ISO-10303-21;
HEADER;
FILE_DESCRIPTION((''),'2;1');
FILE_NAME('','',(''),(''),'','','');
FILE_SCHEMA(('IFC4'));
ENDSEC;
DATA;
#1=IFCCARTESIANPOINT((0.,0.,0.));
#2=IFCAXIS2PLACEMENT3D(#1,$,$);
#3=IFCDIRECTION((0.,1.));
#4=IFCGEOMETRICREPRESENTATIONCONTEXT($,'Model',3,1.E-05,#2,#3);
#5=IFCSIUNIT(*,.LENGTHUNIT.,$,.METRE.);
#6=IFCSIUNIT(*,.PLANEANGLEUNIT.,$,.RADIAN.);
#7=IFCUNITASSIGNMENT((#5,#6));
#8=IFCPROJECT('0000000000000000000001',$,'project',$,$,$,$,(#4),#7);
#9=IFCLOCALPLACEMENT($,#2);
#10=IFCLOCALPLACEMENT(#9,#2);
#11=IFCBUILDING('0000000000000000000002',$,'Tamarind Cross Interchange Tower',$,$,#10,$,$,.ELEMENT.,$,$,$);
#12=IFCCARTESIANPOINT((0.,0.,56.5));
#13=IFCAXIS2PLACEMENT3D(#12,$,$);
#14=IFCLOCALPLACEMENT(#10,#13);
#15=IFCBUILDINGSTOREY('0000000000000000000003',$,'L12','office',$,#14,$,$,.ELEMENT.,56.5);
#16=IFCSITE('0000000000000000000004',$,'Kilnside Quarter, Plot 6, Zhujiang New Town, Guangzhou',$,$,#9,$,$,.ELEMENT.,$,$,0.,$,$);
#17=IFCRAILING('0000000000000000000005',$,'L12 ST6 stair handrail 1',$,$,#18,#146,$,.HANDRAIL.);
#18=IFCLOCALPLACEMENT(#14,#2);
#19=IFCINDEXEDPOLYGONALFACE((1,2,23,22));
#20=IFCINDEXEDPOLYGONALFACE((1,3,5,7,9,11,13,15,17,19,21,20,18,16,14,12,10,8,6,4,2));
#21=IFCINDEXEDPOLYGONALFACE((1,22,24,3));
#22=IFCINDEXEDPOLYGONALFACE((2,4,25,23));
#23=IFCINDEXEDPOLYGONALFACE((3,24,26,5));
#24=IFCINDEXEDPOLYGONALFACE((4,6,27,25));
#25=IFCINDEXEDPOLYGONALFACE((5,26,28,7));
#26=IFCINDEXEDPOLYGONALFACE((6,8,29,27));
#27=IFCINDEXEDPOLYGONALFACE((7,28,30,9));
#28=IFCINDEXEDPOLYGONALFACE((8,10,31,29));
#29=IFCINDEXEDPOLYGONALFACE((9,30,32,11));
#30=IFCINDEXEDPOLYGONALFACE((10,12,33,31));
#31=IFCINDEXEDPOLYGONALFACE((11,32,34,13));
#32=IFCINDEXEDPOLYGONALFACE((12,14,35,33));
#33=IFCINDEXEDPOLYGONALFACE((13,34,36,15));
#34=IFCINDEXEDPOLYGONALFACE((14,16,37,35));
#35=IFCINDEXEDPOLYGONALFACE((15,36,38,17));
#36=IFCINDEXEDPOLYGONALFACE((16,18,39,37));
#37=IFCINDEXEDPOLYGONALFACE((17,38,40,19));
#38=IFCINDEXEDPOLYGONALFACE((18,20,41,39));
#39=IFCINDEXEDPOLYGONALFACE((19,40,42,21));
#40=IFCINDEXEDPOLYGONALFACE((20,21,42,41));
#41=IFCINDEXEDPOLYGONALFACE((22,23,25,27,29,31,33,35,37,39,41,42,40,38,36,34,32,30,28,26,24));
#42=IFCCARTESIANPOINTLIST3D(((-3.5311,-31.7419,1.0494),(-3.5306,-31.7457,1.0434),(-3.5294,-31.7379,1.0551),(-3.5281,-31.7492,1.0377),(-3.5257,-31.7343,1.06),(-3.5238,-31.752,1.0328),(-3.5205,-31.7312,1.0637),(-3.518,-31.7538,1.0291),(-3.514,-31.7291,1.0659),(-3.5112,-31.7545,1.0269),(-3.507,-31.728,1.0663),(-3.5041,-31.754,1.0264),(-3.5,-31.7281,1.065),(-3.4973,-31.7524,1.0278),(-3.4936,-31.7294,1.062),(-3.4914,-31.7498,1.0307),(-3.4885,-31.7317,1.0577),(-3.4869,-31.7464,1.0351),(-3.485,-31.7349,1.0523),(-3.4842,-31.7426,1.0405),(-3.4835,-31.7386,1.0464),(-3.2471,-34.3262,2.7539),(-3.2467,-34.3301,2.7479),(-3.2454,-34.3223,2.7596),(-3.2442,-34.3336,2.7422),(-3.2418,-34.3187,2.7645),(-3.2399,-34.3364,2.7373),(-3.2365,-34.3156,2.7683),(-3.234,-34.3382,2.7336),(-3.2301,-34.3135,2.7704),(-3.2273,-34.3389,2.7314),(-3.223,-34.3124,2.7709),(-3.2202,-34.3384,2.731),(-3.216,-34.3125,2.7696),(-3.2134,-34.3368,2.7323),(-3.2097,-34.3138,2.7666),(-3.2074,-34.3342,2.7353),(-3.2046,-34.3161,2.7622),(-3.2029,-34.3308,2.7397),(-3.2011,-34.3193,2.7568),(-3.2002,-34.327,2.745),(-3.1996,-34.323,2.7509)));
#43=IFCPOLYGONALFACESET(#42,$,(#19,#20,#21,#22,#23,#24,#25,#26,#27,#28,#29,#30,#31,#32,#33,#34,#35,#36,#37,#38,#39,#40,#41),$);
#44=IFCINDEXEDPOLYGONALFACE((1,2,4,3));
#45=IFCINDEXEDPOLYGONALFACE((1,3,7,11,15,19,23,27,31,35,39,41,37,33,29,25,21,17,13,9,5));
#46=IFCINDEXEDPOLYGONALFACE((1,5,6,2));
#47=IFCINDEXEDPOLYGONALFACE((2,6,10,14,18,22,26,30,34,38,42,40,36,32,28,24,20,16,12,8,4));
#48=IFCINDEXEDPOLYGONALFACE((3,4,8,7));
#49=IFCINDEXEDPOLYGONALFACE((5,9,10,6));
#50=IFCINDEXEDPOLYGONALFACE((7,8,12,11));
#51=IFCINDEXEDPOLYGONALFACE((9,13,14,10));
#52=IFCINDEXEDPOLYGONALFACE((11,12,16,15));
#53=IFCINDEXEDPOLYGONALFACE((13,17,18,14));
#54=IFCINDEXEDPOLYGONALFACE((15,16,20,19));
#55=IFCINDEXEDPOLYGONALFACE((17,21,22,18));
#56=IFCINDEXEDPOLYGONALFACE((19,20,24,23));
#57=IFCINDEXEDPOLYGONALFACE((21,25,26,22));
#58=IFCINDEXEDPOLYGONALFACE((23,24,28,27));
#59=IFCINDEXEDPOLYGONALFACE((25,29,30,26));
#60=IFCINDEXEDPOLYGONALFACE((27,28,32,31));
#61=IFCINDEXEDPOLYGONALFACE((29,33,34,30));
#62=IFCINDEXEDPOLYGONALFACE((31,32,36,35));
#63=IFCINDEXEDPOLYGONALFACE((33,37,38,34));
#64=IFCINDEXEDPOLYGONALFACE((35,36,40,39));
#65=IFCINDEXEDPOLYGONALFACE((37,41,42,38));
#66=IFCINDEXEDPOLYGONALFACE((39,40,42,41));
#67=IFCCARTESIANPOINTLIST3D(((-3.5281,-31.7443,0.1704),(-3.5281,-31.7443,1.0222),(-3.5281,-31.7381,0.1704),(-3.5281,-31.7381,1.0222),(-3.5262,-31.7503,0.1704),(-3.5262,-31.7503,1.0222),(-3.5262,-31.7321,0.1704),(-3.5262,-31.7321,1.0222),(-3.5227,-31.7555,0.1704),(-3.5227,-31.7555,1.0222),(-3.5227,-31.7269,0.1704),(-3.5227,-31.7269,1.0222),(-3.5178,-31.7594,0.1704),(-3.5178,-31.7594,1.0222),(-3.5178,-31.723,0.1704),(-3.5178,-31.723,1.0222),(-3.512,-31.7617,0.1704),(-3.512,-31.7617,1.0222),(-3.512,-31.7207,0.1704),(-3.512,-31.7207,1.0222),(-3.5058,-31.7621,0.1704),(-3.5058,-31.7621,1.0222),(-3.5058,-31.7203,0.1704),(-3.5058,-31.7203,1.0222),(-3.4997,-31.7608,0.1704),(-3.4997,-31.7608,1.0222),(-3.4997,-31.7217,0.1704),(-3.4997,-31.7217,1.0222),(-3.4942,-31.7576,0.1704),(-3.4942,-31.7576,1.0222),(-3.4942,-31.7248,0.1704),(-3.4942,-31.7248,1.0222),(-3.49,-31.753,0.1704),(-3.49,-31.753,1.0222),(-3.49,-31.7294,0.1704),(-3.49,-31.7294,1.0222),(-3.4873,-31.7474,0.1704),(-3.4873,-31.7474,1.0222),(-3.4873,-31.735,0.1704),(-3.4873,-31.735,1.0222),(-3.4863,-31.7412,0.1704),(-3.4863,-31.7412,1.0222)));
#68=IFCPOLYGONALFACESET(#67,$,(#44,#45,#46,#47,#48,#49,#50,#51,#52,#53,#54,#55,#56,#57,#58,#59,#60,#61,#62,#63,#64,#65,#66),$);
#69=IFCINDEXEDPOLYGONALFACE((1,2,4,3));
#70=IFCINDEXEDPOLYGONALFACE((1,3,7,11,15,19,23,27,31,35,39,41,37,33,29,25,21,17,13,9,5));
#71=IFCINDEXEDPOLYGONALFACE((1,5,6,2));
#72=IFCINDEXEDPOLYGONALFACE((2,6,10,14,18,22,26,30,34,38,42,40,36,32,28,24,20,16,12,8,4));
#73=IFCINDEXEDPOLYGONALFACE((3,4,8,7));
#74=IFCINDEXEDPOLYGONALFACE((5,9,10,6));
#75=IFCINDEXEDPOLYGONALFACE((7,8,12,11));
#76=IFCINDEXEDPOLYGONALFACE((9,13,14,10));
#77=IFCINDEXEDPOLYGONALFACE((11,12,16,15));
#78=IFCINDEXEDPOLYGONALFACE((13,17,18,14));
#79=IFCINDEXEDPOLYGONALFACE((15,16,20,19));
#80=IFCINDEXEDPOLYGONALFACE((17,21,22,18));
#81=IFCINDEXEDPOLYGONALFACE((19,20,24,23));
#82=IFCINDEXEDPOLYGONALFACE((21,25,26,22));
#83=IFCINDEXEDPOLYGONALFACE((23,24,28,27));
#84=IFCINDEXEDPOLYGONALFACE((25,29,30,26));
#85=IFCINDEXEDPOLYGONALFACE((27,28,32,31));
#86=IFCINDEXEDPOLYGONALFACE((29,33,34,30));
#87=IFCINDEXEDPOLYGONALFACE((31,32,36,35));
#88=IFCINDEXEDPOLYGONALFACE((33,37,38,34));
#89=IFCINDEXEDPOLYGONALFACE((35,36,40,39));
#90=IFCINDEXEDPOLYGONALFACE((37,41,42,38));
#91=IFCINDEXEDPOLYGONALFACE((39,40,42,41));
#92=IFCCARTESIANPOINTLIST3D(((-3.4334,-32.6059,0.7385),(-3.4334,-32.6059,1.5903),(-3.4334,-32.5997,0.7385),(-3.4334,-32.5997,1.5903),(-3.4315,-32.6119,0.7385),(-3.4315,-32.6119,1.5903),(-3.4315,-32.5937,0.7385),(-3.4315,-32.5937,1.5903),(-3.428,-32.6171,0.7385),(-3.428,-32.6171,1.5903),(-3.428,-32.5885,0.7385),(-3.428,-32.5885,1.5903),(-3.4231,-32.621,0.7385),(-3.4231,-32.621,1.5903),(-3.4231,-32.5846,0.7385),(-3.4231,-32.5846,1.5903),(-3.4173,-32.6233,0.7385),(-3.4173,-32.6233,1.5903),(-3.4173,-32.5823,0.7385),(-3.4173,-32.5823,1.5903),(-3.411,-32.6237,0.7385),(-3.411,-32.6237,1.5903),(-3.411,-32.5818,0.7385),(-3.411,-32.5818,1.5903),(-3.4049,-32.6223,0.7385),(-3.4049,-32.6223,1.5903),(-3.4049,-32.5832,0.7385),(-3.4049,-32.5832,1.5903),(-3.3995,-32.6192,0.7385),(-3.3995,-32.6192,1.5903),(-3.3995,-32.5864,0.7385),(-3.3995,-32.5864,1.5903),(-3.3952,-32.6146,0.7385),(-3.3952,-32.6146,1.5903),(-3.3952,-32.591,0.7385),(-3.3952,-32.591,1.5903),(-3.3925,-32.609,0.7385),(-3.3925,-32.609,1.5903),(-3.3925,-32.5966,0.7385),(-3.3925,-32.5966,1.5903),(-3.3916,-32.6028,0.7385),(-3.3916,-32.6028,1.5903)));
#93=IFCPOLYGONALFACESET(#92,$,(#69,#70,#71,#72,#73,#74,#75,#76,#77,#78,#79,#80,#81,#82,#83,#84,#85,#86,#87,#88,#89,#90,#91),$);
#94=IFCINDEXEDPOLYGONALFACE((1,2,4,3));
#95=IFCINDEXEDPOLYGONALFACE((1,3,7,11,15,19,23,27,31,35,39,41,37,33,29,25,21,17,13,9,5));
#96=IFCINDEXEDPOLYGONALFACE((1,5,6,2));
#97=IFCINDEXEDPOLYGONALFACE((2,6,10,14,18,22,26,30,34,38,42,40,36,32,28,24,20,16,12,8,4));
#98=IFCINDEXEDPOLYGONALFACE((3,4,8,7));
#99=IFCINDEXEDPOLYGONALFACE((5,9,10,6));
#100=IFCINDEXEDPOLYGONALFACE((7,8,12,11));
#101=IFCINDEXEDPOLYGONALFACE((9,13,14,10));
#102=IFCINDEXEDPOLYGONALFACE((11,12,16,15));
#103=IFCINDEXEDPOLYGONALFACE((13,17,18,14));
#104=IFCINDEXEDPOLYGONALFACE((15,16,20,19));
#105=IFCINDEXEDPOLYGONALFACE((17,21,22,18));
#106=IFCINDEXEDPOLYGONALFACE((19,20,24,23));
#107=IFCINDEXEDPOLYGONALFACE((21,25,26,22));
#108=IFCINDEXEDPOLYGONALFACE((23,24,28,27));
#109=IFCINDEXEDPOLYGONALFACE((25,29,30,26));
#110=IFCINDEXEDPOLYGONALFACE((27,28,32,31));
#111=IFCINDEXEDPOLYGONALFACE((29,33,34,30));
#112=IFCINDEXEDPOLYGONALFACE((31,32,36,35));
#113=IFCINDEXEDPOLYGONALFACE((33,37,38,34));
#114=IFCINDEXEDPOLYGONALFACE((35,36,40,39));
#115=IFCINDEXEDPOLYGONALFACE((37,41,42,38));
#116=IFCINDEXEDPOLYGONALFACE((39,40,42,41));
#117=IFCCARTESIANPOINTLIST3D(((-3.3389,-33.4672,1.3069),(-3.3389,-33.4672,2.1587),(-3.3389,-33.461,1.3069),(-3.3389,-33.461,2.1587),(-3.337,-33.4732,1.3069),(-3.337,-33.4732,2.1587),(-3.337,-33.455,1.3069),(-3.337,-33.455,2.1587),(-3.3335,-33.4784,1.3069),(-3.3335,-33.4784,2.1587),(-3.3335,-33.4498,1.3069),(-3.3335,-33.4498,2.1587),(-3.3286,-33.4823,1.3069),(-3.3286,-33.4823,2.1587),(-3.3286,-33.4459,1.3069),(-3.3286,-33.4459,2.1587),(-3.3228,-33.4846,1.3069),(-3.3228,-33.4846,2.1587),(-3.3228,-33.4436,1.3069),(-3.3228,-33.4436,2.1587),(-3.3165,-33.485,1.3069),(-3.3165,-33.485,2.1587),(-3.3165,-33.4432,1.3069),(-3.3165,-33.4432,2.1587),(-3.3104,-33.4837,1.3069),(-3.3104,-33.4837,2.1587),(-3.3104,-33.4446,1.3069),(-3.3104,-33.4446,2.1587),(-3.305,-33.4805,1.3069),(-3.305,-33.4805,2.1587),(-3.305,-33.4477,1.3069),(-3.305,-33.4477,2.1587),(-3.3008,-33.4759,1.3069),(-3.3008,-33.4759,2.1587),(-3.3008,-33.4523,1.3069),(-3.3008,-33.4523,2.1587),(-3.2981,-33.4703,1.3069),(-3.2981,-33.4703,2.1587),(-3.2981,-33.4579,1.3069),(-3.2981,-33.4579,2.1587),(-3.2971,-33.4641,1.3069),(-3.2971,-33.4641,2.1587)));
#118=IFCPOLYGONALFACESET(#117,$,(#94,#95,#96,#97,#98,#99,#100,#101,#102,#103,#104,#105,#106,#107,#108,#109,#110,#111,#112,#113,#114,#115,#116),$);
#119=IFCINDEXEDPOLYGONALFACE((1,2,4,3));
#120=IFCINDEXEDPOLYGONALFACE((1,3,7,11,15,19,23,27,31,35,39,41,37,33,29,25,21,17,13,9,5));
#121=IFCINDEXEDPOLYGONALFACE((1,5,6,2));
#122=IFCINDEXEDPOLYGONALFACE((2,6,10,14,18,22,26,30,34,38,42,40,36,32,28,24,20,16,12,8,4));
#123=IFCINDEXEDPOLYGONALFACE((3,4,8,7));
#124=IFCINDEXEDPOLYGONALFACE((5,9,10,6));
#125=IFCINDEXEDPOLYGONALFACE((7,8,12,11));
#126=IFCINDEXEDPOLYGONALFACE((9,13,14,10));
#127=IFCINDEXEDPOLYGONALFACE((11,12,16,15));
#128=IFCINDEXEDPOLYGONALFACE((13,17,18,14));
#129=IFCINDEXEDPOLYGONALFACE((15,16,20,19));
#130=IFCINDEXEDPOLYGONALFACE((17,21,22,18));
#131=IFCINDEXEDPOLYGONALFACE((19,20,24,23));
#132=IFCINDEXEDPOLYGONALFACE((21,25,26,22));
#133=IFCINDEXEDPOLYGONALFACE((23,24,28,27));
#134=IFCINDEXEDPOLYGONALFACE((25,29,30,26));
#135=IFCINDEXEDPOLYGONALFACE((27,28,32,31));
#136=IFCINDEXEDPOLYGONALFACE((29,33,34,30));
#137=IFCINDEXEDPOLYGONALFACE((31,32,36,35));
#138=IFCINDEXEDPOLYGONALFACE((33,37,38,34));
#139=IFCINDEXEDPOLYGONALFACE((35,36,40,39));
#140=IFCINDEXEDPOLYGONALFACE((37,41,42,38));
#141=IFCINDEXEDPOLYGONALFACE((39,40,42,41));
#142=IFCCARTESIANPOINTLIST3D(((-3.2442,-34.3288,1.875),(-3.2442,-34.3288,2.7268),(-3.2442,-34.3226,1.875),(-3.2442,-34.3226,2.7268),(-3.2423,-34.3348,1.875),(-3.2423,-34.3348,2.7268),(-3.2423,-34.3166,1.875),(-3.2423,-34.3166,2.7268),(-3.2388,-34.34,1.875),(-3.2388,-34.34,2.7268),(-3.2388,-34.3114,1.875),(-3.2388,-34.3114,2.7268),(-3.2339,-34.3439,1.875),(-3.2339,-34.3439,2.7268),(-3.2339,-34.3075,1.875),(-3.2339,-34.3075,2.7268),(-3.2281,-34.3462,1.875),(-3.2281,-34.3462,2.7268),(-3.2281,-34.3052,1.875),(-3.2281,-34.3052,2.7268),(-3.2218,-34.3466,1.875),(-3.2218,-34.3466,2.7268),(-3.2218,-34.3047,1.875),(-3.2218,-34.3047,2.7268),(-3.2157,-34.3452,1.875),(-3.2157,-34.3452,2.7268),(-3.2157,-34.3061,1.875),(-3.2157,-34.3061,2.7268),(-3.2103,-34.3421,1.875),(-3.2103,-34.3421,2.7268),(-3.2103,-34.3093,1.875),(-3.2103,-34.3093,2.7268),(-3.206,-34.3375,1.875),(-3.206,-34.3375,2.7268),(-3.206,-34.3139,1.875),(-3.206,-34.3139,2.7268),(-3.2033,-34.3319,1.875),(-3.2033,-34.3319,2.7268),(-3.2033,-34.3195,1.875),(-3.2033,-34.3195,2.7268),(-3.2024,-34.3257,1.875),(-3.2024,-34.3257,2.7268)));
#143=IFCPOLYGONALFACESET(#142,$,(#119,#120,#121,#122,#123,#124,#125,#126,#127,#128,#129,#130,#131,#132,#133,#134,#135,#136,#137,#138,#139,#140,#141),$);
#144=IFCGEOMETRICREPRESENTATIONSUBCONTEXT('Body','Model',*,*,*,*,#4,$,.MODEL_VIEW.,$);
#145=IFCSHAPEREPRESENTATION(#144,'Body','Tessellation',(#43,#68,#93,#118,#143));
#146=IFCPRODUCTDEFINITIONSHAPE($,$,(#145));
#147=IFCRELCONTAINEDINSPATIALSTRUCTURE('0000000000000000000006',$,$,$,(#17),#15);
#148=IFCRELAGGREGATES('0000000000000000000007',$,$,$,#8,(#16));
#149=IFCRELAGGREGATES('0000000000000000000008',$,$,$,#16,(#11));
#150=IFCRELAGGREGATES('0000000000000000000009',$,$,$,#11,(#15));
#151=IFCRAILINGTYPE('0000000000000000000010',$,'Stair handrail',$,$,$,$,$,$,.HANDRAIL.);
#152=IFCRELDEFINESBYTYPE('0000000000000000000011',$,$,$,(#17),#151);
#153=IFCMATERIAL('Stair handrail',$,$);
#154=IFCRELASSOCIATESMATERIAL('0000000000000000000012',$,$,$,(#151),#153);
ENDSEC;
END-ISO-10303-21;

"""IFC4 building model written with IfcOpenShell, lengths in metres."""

from ifc_helpers import new_model, si_unit, direction, frame, origin, origin_2d, place, context, subcontext, project, spatial, circle, extrude, material, type_object, element, save


model = new_model("IFC4")

# Units and contexts
model_context = context("Model", 3, precision=1e-05, world=origin(), true_north=direction((0.0, 1.0)))
body_context = subcontext(model_context, "Body", "Model", "MODEL_VIEW")
ifc_project = project(units=[si_unit("LENGTHUNIT", "METRE"), si_unit("PLANEANGLEUNIT", "RADIAN")], contexts=[model_context])

# Site, building, storey
site_placement = place(None, origin())
site = spatial("IfcSite", under=ifc_project, at=site_placement, Name="Kilnside Quarter, Plot 6, Zhujiang New Town, Guangzhou", CompositionType="ELEMENT", RefElevation=0.0)
building_placement = place(site_placement, origin())
building = spatial("IfcBuilding", under=site, at=building_placement, Name="Tamarind Cross Interchange Tower", CompositionType="ELEMENT")
storey_placement = place(building_placement, frame((0.0, 0.0, 56.5)))
storey = spatial("IfcBuildingStorey", under=building, at=storey_placement, Name="L12", Description="office", CompositionType="ELEMENT", Elevation=56.5)

# Railing
ifc_material_1 = material(Name="Stair handrail")
railing_type_1 = type_object("IfcRailingType", Name="Stair handrail", PredefinedType="HANDRAIL", material=ifc_material_1)
railing_1_placement = place(storey_placement, frame((-3.5073, -31.7412, 0.1704)))
element("IfcRailing", 1, at=railing_1_placement, inside=storey, type_object=railing_type_1, Name="L12 ST6 stair handrail 1", PredefinedType="HANDRAIL", context=body_context, shape_type="SweptSolid", body=[
    extrude(circle(Radius=0.0239, at=origin_2d()), frame((0.0, 0.0, 0.876), z_axis=(0.091328, -0.831293, 0.54828), x_axis=(0.994019, 0.109205, 0.0)), (0.0, 0.0, 1.0), 3.1089),
    extrude(circle(Radius=0.021, at=origin_2d()), origin(), (0.0, 0.0, 1.0), 0.8518),
    extrude(circle(Radius=0.021, at=origin_2d()), frame((0.0947, -0.8616, 0.5681)), (0.0, 0.0, 1.0), 0.8518),
    extrude(circle(Radius=0.021, at=origin_2d()), frame((0.1892, -1.7229, 1.1365)), (0.0, 0.0, 1.0), 0.8518),
    extrude(circle(Radius=0.021, at=origin_2d()), frame((0.2839, -2.5845, 1.7046)), (0.0, 0.0, 1.0), 0.8518),
])

save(model, "model.ifc")
